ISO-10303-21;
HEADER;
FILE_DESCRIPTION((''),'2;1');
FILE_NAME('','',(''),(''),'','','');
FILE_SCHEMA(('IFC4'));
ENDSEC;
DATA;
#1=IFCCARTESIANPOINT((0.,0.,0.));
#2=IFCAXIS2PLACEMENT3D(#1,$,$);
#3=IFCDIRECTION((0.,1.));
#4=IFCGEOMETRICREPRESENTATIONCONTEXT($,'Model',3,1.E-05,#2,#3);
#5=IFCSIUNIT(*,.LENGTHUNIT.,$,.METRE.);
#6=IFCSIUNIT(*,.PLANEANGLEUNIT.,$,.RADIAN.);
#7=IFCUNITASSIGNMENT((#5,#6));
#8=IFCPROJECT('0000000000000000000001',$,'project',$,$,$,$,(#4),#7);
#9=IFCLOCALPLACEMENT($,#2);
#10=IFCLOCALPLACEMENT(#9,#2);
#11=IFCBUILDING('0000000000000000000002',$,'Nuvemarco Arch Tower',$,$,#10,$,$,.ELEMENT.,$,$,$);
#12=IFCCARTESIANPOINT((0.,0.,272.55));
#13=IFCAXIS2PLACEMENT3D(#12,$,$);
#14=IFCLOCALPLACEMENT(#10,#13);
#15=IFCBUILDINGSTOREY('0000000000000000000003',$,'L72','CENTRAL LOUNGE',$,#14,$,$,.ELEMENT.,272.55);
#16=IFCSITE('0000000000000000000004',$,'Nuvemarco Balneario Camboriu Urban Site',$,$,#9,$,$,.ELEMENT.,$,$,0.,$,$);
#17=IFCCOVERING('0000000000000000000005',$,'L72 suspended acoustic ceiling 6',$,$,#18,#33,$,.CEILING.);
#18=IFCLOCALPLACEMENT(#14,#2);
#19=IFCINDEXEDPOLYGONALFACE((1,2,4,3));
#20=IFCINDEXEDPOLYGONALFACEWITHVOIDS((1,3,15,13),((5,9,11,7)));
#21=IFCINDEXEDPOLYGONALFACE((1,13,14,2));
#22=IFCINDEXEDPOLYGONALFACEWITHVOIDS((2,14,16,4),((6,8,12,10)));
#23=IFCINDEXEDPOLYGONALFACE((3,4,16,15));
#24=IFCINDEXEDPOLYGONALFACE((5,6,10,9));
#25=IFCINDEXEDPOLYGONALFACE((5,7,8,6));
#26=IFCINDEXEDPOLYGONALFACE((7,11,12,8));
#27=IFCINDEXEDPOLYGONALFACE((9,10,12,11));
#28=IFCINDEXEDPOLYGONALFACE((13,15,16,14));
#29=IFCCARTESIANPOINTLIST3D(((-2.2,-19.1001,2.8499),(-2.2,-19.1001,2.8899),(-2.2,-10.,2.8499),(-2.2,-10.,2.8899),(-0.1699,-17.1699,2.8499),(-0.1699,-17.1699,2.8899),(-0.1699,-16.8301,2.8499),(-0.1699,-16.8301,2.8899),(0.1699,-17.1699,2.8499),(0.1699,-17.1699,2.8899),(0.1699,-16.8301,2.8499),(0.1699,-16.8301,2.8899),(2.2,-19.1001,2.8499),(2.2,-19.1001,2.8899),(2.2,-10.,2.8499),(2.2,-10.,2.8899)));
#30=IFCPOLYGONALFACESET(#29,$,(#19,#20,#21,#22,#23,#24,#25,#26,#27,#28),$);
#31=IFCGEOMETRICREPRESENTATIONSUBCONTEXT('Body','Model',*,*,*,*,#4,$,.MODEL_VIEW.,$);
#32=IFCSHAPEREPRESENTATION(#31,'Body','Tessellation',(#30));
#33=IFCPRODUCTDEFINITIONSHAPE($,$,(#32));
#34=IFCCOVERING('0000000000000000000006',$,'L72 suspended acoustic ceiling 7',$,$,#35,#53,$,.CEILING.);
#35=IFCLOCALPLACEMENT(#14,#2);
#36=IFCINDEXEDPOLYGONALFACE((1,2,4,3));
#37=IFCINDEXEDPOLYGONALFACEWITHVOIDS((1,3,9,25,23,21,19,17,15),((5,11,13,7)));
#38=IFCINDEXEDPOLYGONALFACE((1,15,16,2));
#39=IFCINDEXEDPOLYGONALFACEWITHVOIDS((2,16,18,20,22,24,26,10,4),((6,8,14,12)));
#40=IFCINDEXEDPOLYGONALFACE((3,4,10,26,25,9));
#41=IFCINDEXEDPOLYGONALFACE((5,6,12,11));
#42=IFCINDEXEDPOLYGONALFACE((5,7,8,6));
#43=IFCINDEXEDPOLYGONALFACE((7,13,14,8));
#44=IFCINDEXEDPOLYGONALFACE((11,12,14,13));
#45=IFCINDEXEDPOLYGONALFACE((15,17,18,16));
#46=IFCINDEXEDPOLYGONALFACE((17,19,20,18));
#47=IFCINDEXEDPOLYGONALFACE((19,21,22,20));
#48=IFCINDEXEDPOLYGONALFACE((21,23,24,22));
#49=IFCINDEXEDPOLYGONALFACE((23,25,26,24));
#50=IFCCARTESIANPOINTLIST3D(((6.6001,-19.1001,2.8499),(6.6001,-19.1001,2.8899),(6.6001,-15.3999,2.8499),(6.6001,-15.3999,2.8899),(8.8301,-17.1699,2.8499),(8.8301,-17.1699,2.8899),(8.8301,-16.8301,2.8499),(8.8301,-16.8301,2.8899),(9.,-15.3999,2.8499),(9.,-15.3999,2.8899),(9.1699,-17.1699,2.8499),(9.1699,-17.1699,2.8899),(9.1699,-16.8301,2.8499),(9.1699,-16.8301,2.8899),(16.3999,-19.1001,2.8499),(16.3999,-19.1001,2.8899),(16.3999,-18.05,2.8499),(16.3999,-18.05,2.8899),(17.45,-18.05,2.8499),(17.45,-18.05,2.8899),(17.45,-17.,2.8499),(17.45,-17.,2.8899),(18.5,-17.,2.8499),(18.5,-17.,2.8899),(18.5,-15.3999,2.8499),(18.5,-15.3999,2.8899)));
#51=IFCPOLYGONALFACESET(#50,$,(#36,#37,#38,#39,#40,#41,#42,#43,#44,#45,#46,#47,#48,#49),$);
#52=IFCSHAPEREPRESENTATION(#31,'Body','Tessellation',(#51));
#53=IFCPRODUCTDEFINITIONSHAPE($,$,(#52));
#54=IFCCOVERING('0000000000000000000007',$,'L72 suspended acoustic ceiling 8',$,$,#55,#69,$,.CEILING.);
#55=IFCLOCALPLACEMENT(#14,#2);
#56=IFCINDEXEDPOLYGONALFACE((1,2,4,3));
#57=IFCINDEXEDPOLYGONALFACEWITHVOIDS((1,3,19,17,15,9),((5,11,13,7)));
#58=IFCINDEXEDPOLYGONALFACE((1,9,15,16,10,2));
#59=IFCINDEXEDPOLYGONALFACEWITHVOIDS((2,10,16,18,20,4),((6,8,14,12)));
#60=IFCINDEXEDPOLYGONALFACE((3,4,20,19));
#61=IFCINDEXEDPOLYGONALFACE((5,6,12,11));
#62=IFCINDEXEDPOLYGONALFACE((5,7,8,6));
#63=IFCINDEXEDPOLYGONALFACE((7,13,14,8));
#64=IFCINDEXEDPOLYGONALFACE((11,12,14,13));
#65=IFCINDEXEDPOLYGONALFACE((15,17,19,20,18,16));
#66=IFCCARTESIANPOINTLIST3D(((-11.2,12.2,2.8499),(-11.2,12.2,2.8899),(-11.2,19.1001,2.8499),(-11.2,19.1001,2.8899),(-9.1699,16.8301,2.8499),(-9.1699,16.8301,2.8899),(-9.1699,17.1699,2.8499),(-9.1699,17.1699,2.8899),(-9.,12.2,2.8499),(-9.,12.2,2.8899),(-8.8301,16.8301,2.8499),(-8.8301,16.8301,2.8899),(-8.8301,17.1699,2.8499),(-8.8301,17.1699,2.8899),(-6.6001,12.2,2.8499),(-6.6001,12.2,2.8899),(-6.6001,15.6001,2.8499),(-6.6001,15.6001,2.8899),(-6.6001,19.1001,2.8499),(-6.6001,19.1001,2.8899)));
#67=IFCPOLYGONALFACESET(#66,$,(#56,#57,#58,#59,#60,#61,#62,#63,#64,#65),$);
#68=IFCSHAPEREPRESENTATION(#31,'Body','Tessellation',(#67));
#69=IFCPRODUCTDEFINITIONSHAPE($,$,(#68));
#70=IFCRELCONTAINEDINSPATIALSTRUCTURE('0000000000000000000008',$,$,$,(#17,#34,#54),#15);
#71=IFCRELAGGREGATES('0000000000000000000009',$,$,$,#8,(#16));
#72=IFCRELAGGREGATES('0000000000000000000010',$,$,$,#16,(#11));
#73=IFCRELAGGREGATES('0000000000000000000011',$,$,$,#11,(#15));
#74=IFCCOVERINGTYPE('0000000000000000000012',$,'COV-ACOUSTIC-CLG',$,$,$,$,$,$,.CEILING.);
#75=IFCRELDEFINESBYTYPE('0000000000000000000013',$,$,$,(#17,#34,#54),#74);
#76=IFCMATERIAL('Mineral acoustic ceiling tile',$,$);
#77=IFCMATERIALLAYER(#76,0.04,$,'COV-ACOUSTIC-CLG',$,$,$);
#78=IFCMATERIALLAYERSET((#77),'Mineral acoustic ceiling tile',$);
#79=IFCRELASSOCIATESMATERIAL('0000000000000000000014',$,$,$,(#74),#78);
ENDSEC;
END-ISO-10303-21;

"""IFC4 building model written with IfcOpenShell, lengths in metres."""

from ifc_helpers import new_model, si_unit, direction, frame, origin, place, context, subcontext, project, spatial, polyline, outline, extrude, material, layer, layer_set, type_object, element, save


model = new_model("IFC4")

# Units and contexts
model_context = context("Model", 3, precision=1e-05, world=origin(), true_north=direction((0.0, 1.0)))
body_context = subcontext(model_context, "Body", "Model", "MODEL_VIEW")
ifc_project = project(units=[si_unit("LENGTHUNIT", "METRE"), si_unit("PLANEANGLEUNIT", "RADIAN")], contexts=[model_context])

# Site, building, storey
site_placement = place(None, origin())
site = spatial("IfcSite", under=ifc_project, at=site_placement, Name="Nuvemarco Balneario Camboriu Urban Site", CompositionType="ELEMENT", RefElevation=0.0)
building_placement = place(site_placement, origin())
building = spatial("IfcBuilding", under=site, at=building_placement, Name="Nuvemarco Arch Tower", CompositionType="ELEMENT")
storey_placement = place(building_placement, frame((0.0, 0.0, 272.55)))
storey = spatial("IfcBuildingStorey", under=building, at=storey_placement, Name="L72", Description="CENTRAL LOUNGE", CompositionType="ELEMENT", Elevation=272.55)

# Coverings
ifc_material_1 = material(Name="Mineral acoustic ceiling tile")
ifc_layer_1 = layer(ifc_material_1, 0.04, Name="COV-ACOUSTIC-CLG")
ifc_layer_set_1 = layer_set([ifc_layer_1], Name="Mineral acoustic ceiling tile")
covering_type = type_object("IfcCoveringType", Name="COV-ACOUSTIC-CLG", PredefinedType="CEILING", material=ifc_layer_set_1)
covering_1_placement = place(storey_placement, frame((0.0, 0.0, 2.8499)))
element("IfcCovering", 1, at=covering_1_placement, inside=storey, type_object=covering_type, Name="L72 suspended acoustic ceiling 6", PredefinedType="CEILING", context=body_context, shape_type="SweptSolid", body=[
    extrude(outline(polyline([(2.2, -19.1001), (-2.2, -19.1001), (-2.2, -10.0), (2.2, -10.0), (2.2, -19.1001)]), holes=[polyline([(0.1699, -17.1699), (0.1699, -16.8301), (-0.1699, -16.8301), (-0.1699, -17.1699), (0.1699, -17.1699)])]), origin(), (0.0, 0.0, 1.0), 0.04),
])
covering_2_placement = place(storey_placement, frame((0.0, 0.0, 2.8499)))
element("IfcCovering", 2, at=covering_2_placement, inside=storey, type_object=covering_type, Name="L72 suspended acoustic ceiling 7", PredefinedType="CEILING", context=body_context, shape_type="SweptSolid", body=[
    extrude(outline(polyline([(16.3999, -19.1001), (6.6001, -19.1001), (6.6001, -15.3999), (9.0, -15.3999), (18.5, -15.3999), (18.5, -17.0), (17.45, -17.0), (17.45, -18.05), (16.3999, -18.05), (16.3999, -19.1001)]), holes=[polyline([(9.1699, -17.1699), (9.1699, -16.8301), (8.8301, -16.8301), (8.8301, -17.1699), (9.1699, -17.1699)])]), origin(), (0.0, 0.0, 1.0), 0.04),
])
covering_3_placement = place(storey_placement, frame((0.0, 0.0, 2.8499)))
element("IfcCovering", 3, at=covering_3_placement, inside=storey, type_object=covering_type, Name="L72 suspended acoustic ceiling 8", PredefinedType="CEILING", context=body_context, shape_type="SweptSolid", body=[
    extrude(outline(polyline([(-6.6001, 15.6001), (-6.6001, 12.2), (-9.0, 12.2), (-11.2, 12.2), (-11.2, 19.1001), (-6.6001, 19.1001), (-6.6001, 15.6001)]), holes=[polyline([(-8.8301, 17.1699), (-9.1699, 17.1699), (-9.1699, 16.8301), (-8.8301, 16.8301), (-8.8301, 17.1699)])]), origin(), (0.0, 0.0, 1.0), 0.04),
])

save(model, "model.ifc")
